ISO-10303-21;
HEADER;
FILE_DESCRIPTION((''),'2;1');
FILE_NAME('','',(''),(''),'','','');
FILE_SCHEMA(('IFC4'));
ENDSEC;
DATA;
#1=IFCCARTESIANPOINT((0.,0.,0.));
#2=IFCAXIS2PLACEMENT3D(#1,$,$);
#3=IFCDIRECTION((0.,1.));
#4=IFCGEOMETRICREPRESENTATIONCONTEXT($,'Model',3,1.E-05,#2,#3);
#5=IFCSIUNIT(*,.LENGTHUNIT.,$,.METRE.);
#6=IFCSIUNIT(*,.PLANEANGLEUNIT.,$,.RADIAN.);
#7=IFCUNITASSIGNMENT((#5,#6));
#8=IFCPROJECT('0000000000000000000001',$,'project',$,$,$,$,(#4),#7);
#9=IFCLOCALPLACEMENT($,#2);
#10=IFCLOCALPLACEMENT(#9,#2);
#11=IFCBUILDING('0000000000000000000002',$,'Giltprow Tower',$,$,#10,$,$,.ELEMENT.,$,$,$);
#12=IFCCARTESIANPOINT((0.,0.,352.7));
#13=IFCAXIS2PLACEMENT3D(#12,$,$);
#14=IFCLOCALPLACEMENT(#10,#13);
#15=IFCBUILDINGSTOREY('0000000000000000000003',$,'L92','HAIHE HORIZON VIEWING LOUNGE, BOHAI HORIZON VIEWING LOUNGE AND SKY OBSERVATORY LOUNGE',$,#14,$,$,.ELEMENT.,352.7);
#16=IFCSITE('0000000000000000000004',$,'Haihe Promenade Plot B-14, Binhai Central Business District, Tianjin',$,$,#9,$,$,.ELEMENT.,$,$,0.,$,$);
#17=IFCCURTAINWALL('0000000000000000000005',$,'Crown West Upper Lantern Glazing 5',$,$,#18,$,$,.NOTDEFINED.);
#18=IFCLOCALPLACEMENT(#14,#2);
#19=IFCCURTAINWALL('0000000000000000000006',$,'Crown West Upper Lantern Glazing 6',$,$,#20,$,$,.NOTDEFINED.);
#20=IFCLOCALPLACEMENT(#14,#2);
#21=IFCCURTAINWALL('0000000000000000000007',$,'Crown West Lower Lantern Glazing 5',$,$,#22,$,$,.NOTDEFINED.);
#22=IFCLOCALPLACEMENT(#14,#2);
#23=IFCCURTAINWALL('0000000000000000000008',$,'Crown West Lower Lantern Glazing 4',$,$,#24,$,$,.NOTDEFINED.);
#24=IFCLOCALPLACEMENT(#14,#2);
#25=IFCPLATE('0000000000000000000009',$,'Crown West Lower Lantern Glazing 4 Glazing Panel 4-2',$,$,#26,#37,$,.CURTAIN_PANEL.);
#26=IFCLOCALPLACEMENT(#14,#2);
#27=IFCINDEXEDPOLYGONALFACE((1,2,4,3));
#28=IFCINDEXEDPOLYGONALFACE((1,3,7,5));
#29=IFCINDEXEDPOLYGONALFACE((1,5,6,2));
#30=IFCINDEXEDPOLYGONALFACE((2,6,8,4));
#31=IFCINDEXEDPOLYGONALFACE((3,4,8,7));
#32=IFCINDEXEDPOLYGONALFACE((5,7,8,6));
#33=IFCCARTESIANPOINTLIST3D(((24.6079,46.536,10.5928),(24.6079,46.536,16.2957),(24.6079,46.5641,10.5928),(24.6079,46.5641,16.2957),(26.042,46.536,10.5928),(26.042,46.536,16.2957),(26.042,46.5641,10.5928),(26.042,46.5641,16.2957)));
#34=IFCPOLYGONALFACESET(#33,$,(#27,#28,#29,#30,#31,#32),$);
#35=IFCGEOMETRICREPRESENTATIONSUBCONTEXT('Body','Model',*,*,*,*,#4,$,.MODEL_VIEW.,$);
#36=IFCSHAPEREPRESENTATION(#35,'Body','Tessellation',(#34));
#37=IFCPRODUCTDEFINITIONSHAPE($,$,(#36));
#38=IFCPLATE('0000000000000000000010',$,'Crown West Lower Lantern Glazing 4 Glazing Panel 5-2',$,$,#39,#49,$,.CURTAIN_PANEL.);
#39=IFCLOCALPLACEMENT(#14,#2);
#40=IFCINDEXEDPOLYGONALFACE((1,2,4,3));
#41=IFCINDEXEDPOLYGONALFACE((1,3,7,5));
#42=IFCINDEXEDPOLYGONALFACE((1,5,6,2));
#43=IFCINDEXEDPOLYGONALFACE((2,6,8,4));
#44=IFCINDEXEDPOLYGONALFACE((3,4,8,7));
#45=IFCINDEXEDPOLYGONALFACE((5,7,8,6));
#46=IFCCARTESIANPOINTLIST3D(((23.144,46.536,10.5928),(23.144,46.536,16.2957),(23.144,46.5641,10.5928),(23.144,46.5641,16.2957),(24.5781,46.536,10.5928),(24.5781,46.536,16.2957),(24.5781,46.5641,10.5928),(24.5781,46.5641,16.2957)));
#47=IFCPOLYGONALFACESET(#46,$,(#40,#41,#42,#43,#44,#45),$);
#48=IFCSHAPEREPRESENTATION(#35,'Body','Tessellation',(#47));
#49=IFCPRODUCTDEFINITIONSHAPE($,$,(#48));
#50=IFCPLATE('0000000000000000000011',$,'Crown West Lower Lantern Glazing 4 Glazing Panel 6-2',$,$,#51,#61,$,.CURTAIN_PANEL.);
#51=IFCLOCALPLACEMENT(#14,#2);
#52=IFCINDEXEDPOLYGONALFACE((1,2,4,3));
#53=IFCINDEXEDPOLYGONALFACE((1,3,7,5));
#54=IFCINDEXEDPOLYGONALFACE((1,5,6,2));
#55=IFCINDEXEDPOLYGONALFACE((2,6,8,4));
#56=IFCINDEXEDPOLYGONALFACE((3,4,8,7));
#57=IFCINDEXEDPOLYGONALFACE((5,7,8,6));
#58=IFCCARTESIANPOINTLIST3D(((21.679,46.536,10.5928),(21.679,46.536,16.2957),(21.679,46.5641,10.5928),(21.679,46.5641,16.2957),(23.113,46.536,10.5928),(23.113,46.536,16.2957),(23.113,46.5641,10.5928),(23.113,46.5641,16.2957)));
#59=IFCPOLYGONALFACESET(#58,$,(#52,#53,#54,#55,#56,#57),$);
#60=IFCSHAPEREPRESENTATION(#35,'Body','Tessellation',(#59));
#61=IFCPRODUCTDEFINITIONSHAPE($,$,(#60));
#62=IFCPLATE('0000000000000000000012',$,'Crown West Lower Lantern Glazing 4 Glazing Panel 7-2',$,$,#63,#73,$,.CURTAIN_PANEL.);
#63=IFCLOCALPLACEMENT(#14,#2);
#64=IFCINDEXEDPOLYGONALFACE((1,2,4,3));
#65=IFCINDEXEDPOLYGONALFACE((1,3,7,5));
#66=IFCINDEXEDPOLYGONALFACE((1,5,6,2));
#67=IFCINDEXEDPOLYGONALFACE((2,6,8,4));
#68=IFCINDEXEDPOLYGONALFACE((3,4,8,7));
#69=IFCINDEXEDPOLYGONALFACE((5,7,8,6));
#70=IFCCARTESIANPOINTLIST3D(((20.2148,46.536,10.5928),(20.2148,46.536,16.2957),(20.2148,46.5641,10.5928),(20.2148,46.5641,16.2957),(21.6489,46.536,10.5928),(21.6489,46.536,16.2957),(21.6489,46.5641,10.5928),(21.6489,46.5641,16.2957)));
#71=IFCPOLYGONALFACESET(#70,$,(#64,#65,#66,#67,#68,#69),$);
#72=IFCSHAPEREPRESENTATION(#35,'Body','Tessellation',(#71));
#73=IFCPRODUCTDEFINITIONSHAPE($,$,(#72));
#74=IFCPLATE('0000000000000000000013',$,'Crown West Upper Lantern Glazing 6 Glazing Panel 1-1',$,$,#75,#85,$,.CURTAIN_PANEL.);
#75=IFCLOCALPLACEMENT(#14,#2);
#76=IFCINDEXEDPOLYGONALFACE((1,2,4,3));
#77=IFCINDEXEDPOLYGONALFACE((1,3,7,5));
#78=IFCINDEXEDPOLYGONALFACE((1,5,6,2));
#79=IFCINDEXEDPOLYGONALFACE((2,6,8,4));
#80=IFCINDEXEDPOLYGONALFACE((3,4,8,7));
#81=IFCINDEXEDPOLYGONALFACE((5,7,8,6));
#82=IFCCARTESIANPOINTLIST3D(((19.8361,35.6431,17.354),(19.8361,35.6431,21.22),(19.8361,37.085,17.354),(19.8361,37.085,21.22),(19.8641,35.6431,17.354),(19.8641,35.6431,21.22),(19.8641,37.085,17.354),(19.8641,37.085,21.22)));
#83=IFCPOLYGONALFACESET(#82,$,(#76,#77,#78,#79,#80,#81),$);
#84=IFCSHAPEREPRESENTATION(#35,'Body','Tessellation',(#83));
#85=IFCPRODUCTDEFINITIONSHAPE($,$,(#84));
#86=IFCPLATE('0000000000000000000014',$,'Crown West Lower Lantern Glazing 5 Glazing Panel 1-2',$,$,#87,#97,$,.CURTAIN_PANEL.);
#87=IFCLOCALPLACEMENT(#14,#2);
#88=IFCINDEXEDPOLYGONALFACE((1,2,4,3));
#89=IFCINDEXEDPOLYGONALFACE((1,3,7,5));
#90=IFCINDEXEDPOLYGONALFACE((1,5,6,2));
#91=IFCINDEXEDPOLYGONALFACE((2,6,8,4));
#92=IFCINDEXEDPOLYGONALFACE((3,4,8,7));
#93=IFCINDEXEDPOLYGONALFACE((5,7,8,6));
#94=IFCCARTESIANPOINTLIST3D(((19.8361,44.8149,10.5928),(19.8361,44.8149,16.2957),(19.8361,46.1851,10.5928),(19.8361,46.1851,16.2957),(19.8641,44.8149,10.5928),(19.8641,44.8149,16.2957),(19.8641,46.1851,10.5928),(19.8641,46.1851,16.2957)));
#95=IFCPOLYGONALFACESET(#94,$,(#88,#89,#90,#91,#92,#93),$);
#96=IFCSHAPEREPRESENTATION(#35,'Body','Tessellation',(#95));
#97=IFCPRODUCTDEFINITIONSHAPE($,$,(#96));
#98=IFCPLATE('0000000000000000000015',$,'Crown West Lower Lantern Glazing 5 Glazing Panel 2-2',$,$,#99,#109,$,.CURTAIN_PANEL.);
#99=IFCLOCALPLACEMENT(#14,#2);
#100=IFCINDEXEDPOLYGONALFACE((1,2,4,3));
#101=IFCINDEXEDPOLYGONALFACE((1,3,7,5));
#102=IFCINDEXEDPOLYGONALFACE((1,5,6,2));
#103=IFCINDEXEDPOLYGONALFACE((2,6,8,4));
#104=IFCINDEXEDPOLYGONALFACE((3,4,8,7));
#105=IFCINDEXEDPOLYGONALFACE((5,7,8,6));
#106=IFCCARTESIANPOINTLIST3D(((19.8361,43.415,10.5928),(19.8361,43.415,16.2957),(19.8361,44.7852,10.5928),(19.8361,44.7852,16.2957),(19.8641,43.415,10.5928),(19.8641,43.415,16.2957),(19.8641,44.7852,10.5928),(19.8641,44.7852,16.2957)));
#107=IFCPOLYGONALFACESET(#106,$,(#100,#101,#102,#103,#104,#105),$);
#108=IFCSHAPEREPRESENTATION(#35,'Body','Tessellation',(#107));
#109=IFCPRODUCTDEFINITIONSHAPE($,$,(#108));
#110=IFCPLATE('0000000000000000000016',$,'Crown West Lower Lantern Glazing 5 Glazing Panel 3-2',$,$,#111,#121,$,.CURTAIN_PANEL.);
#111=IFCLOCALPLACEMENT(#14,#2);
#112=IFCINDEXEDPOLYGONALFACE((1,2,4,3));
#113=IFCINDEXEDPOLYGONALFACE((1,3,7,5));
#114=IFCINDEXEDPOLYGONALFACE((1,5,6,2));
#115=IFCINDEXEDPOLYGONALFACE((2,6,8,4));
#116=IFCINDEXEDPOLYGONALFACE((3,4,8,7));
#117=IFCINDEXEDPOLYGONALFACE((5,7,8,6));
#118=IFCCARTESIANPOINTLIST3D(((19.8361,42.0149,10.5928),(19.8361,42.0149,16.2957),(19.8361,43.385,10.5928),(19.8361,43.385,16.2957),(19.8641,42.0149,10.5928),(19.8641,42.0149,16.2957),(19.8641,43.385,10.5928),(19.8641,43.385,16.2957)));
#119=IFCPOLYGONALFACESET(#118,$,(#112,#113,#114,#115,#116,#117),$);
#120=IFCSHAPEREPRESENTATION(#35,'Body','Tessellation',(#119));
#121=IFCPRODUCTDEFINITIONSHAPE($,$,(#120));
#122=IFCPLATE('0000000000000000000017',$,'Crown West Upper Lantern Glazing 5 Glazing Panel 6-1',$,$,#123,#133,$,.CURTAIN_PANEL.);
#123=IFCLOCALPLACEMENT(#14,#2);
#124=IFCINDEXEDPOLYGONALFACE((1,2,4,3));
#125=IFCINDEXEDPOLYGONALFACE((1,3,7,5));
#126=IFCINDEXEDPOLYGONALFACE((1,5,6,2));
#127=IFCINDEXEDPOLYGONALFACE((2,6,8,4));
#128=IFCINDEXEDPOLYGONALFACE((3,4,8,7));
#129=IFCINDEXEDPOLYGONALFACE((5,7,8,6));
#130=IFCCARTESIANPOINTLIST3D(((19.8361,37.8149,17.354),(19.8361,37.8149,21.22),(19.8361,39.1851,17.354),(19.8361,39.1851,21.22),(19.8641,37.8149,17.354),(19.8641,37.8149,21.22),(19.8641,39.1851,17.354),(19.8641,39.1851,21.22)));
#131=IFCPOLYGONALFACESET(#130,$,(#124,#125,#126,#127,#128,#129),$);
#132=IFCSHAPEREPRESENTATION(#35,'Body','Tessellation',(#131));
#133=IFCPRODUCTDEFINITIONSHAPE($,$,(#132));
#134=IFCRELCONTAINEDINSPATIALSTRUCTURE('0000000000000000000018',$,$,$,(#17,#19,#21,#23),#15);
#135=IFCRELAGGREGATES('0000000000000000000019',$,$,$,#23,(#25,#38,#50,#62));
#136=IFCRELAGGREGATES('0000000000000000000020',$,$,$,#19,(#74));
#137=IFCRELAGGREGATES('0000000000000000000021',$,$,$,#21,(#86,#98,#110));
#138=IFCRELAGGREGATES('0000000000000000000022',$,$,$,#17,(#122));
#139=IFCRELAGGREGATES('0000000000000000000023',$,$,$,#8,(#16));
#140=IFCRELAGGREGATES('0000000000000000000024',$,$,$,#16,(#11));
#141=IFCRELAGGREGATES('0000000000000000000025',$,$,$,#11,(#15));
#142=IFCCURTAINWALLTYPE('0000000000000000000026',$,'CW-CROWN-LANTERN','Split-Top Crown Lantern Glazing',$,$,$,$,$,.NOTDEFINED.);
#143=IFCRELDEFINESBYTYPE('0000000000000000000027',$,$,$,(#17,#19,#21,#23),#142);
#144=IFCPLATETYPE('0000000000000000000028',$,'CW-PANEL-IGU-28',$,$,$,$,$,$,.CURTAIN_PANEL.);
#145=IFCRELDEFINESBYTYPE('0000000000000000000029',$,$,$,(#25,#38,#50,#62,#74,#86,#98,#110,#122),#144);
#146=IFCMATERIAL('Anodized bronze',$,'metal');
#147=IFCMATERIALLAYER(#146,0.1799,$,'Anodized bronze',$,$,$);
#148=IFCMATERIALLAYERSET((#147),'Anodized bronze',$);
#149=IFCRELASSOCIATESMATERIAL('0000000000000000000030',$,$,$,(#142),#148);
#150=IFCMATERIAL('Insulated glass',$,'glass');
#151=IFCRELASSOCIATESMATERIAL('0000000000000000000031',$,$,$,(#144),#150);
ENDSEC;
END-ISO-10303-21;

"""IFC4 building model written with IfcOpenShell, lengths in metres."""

from ifc_helpers import new_model, si_unit, direction, frame, origin, origin_2d, place, context, subcontext, project, spatial, rectangle, extrude, source, transform, mapped, material, layer, layer_set, type_object, element, aggregate, save


model = new_model("IFC4")

# Units and contexts
model_context = context("Model", 3, precision=1e-05, world=origin(), true_north=direction((0.0, 1.0)))
body_context = subcontext(model_context, "Body", "Model", "MODEL_VIEW")
ifc_project = project(units=[si_unit("LENGTHUNIT", "METRE"), si_unit("PLANEANGLEUNIT", "RADIAN")], contexts=[model_context])

# Site, building, storey
site_placement = place(None, origin())
site = spatial("IfcSite", under=ifc_project, at=site_placement, Name="Haihe Promenade Plot B-14, Binhai Central Business District, Tianjin", CompositionType="ELEMENT", RefElevation=0.0)
building_placement = place(site_placement, origin())
building = spatial("IfcBuilding", under=site, at=building_placement, Name="Giltprow Tower", CompositionType="ELEMENT")
storey_placement = place(building_placement, frame((0.0, 0.0, 352.7)))
storey = spatial("IfcBuildingStorey", under=building, at=storey_placement, Name="L92", Description="HAIHE HORIZON VIEWING LOUNGE, BOHAI HORIZON VIEWING LOUNGE AND SKY OBSERVATORY LOUNGE", CompositionType="ELEMENT", Elevation=352.7)

# Curtain wall
ifc_material_1 = material(Name="Anodized bronze", Category="metal")
ifc_layer = layer(ifc_material_1, 0.1799, Name="Anodized bronze")
ifc_layer_set = layer_set([ifc_layer], Name="Anodized bronze")
curtain_wall_type = type_object("IfcCurtainWallType", Name="CW-CROWN-LANTERN", Description="Split-Top Crown Lantern Glazing", PredefinedType="NOTDEFINED", material=ifc_layer_set)
curtain_wall_1_placement = place(storey_placement, origin())
curtain_wall_1 = element("IfcCurtainWall", 1, at=curtain_wall_1_placement, inside=storey, type_object=curtain_wall_type, Name="Crown West Upper Lantern Glazing 5", PredefinedType="NOTDEFINED")

# Curtain wall
curtain_wall_2_placement = place(storey_placement, origin())
curtain_wall_2 = element("IfcCurtainWall", 2, at=curtain_wall_2_placement, inside=storey, type_object=curtain_wall_type, Name="Crown West Upper Lantern Glazing 6", PredefinedType="NOTDEFINED")

# Curtain wall
curtain_wall_3_placement = place(storey_placement, origin())
curtain_wall_3 = element("IfcCurtainWall", 3, at=curtain_wall_3_placement, inside=storey, type_object=curtain_wall_type, Name="Crown West Lower Lantern Glazing 5", PredefinedType="NOTDEFINED")

# Curtain wall, plates
curtain_wall_4_placement = place(storey_placement, origin())
curtain_wall_4 = element("IfcCurtainWall", 4, at=curtain_wall_4_placement, inside=storey, type_object=curtain_wall_type, Name="Crown West Lower Lantern Glazing 4", PredefinedType="NOTDEFINED")
ifc_material_2 = material(Name="Insulated glass", Category="glass")
plate_type = type_object("IfcPlateType", Name="CW-PANEL-IGU-28", PredefinedType="CURTAIN_PANEL", material=ifc_material_2)
shared_shape_1 = source(origin(), body_context, "Body", "SweptSolid", [
    extrude(rectangle(XDim=1.4341, YDim=0.0281, at=origin_2d()), origin(), (0.0, 0.0, 1.0), 5.7029),
])
plate_1_placement = place(storey_placement, frame((25.325, 46.55, 10.5928), z_axis=(0.0, 0.0, 1.0), x_axis=(-1.0, 0.0, 0.0)))
plate_1 = element("IfcPlate", 5, at=plate_1_placement, type_object=plate_type, Name="Crown West Lower Lantern Glazing 4 Glazing Panel 4-2", PredefinedType="CURTAIN_PANEL", context=body_context, shape_type="MappedRepresentation", body=[
    mapped(shared_shape_1, transform((0.0, 0.0, 0.0), x_axis=(1.0, 0.0, 0.0), y_axis=(0.0, 1.0, 0.0), z_axis=(0.0, 0.0, 1.0), scale=1.0)),
])
plate_2_placement = place(storey_placement, frame((23.8611, 46.55, 10.5928), z_axis=(0.0, 0.0, 1.0), x_axis=(-1.0, 0.0, 0.0)))
plate_2 = element("IfcPlate", 6, at=plate_2_placement, type_object=plate_type, Name="Crown West Lower Lantern Glazing 4 Glazing Panel 5-2", PredefinedType="CURTAIN_PANEL", context=body_context, shape_type="MappedRepresentation", body=[
    mapped(shared_shape_1, transform((0.0, 0.0, 0.0), x_axis=(1.0, 0.0, 0.0), y_axis=(0.0, 1.0, 0.0), z_axis=(0.0, 0.0, 1.0), scale=1.0)),
])
plate_3_placement = place(storey_placement, frame((22.396, 46.55, 10.5928), z_axis=(0.0, 0.0, 1.0), x_axis=(-1.0, 0.0, 0.0)))
plate_3 = element("IfcPlate", 7, at=plate_3_placement, type_object=plate_type, Name="Crown West Lower Lantern Glazing 4 Glazing Panel 6-2", PredefinedType="CURTAIN_PANEL", context=body_context, shape_type="MappedRepresentation", body=[
    mapped(shared_shape_1, transform((0.0, 0.0, 0.0), x_axis=(1.0, 0.0, 0.0), y_axis=(0.0, 1.0, 0.0), z_axis=(0.0, 0.0, 1.0), scale=1.0)),
])
plate_4_placement = place(storey_placement, frame((20.9319, 46.55, 10.5928), z_axis=(0.0, 0.0, 1.0), x_axis=(-1.0, 0.0, 0.0)))
plate_4 = element("IfcPlate", 8, at=plate_4_placement, type_object=plate_type, Name="Crown West Lower Lantern Glazing 4 Glazing Panel 7-2", PredefinedType="CURTAIN_PANEL", context=body_context, shape_type="MappedRepresentation", body=[
    mapped(shared_shape_1, transform((0.0, 0.0, 0.0), x_axis=(1.0, 0.0, 0.0), y_axis=(0.0, 1.0, 0.0), z_axis=(0.0, 0.0, 1.0), scale=1.0)),
])
aggregate(curtain_wall_4, [plate_1, plate_2, plate_3, plate_4])

# Plates
shared_shape_2 = source(origin(), body_context, "Body", "SweptSolid", [
    extrude(rectangle(XDim=1.4419, YDim=0.0281, at=origin_2d()), origin(), (0.0, 0.0, 1.0), 3.866),
])
plate_5_placement = place(storey_placement, frame((19.8501, 36.364, 17.354), z_axis=(0.0, 0.0, 1.0), x_axis=(0.0, -1.0, 0.0)))
plate_5 = element("IfcPlate", 9, at=plate_5_placement, type_object=plate_type, Name="Crown West Upper Lantern Glazing 6 Glazing Panel 1-1", PredefinedType="CURTAIN_PANEL", context=body_context, shape_type="MappedRepresentation", body=[
    mapped(shared_shape_2, transform((0.0, 0.0, 0.0), x_axis=(1.0, 0.0, 0.0), y_axis=(0.0, 1.0, 0.0), z_axis=(0.0, 0.0, 1.0), scale=1.0)),
])
aggregate(curtain_wall_2, [plate_5])
shared_shape_3 = source(origin(), body_context, "Body", "SweptSolid", [
    extrude(rectangle(XDim=1.3701, YDim=0.0281, at=origin_2d()), origin(), (0.0, 0.0, 1.0), 5.7029),
])
plate_6_placement = place(storey_placement, frame((19.8501, 45.5, 10.5928), z_axis=(0.0, 0.0, 1.0), x_axis=(0.0, -1.0, 0.0)))
plate_6 = element("IfcPlate", 10, at=plate_6_placement, type_object=plate_type, Name="Crown West Lower Lantern Glazing 5 Glazing Panel 1-2", PredefinedType="CURTAIN_PANEL", context=body_context, shape_type="MappedRepresentation", body=[
    mapped(shared_shape_3, transform((0.0, 0.0, 0.0), x_axis=(1.0, 0.0, 0.0), y_axis=(0.0, 1.0, 0.0), z_axis=(0.0, 0.0, 1.0), scale=1.0)),
])
plate_7_placement = place(storey_placement, frame((19.8501, 44.1001, 10.5928), z_axis=(0.0, 0.0, 1.0), x_axis=(0.0, -1.0, 0.0)))
plate_7 = element("IfcPlate", 11, at=plate_7_placement, type_object=plate_type, Name="Crown West Lower Lantern Glazing 5 Glazing Panel 2-2", PredefinedType="CURTAIN_PANEL", context=body_context, shape_type="MappedRepresentation", body=[
    mapped(shared_shape_3, transform((0.0, 0.0, 0.0), x_axis=(1.0, 0.0, 0.0), y_axis=(0.0, 1.0, 0.0), z_axis=(0.0, 0.0, 1.0), scale=1.0)),
])
plate_8_placement = place(storey_placement, frame((19.8501, 42.7, 10.5928), z_axis=(0.0, 0.0, 1.0), x_axis=(0.0, -1.0, 0.0)))
plate_8 = element("IfcPlate", 12, at=plate_8_placement, type_object=plate_type, Name="Crown West Lower Lantern Glazing 5 Glazing Panel 3-2", PredefinedType="CURTAIN_PANEL", context=body_context, shape_type="MappedRepresentation", body=[
    mapped(shared_shape_3, transform((0.0, 0.0, 0.0), x_axis=(1.0, 0.0, 0.0), y_axis=(0.0, 1.0, 0.0), z_axis=(0.0, 0.0, 1.0), scale=1.0)),
])
aggregate(curtain_wall_3, [plate_6, plate_7, plate_8])
shared_shape_4 = source(origin(), body_context, "Body", "SweptSolid", [
    extrude(rectangle(XDim=1.3701, YDim=0.0281, at=origin_2d()), origin(), (0.0, 0.0, 1.0), 3.866),
])
plate_9_placement = place(storey_placement, frame((19.8501, 38.5, 17.354), z_axis=(0.0, 0.0, 1.0), x_axis=(0.0, -1.0, 0.0)))
plate_9 = element("IfcPlate", 13, at=plate_9_placement, type_object=plate_type, Name="Crown West Upper Lantern Glazing 5 Glazing Panel 6-1", PredefinedType="CURTAIN_PANEL", context=body_context, shape_type="MappedRepresentation", body=[
    mapped(shared_shape_4, transform((0.0, 0.0, 0.0), x_axis=(1.0, 0.0, 0.0), y_axis=(0.0, 1.0, 0.0), z_axis=(0.0, 0.0, 1.0), scale=1.0)),
])
aggregate(curtain_wall_1, [plate_9])

save(model, "model.ifc")
